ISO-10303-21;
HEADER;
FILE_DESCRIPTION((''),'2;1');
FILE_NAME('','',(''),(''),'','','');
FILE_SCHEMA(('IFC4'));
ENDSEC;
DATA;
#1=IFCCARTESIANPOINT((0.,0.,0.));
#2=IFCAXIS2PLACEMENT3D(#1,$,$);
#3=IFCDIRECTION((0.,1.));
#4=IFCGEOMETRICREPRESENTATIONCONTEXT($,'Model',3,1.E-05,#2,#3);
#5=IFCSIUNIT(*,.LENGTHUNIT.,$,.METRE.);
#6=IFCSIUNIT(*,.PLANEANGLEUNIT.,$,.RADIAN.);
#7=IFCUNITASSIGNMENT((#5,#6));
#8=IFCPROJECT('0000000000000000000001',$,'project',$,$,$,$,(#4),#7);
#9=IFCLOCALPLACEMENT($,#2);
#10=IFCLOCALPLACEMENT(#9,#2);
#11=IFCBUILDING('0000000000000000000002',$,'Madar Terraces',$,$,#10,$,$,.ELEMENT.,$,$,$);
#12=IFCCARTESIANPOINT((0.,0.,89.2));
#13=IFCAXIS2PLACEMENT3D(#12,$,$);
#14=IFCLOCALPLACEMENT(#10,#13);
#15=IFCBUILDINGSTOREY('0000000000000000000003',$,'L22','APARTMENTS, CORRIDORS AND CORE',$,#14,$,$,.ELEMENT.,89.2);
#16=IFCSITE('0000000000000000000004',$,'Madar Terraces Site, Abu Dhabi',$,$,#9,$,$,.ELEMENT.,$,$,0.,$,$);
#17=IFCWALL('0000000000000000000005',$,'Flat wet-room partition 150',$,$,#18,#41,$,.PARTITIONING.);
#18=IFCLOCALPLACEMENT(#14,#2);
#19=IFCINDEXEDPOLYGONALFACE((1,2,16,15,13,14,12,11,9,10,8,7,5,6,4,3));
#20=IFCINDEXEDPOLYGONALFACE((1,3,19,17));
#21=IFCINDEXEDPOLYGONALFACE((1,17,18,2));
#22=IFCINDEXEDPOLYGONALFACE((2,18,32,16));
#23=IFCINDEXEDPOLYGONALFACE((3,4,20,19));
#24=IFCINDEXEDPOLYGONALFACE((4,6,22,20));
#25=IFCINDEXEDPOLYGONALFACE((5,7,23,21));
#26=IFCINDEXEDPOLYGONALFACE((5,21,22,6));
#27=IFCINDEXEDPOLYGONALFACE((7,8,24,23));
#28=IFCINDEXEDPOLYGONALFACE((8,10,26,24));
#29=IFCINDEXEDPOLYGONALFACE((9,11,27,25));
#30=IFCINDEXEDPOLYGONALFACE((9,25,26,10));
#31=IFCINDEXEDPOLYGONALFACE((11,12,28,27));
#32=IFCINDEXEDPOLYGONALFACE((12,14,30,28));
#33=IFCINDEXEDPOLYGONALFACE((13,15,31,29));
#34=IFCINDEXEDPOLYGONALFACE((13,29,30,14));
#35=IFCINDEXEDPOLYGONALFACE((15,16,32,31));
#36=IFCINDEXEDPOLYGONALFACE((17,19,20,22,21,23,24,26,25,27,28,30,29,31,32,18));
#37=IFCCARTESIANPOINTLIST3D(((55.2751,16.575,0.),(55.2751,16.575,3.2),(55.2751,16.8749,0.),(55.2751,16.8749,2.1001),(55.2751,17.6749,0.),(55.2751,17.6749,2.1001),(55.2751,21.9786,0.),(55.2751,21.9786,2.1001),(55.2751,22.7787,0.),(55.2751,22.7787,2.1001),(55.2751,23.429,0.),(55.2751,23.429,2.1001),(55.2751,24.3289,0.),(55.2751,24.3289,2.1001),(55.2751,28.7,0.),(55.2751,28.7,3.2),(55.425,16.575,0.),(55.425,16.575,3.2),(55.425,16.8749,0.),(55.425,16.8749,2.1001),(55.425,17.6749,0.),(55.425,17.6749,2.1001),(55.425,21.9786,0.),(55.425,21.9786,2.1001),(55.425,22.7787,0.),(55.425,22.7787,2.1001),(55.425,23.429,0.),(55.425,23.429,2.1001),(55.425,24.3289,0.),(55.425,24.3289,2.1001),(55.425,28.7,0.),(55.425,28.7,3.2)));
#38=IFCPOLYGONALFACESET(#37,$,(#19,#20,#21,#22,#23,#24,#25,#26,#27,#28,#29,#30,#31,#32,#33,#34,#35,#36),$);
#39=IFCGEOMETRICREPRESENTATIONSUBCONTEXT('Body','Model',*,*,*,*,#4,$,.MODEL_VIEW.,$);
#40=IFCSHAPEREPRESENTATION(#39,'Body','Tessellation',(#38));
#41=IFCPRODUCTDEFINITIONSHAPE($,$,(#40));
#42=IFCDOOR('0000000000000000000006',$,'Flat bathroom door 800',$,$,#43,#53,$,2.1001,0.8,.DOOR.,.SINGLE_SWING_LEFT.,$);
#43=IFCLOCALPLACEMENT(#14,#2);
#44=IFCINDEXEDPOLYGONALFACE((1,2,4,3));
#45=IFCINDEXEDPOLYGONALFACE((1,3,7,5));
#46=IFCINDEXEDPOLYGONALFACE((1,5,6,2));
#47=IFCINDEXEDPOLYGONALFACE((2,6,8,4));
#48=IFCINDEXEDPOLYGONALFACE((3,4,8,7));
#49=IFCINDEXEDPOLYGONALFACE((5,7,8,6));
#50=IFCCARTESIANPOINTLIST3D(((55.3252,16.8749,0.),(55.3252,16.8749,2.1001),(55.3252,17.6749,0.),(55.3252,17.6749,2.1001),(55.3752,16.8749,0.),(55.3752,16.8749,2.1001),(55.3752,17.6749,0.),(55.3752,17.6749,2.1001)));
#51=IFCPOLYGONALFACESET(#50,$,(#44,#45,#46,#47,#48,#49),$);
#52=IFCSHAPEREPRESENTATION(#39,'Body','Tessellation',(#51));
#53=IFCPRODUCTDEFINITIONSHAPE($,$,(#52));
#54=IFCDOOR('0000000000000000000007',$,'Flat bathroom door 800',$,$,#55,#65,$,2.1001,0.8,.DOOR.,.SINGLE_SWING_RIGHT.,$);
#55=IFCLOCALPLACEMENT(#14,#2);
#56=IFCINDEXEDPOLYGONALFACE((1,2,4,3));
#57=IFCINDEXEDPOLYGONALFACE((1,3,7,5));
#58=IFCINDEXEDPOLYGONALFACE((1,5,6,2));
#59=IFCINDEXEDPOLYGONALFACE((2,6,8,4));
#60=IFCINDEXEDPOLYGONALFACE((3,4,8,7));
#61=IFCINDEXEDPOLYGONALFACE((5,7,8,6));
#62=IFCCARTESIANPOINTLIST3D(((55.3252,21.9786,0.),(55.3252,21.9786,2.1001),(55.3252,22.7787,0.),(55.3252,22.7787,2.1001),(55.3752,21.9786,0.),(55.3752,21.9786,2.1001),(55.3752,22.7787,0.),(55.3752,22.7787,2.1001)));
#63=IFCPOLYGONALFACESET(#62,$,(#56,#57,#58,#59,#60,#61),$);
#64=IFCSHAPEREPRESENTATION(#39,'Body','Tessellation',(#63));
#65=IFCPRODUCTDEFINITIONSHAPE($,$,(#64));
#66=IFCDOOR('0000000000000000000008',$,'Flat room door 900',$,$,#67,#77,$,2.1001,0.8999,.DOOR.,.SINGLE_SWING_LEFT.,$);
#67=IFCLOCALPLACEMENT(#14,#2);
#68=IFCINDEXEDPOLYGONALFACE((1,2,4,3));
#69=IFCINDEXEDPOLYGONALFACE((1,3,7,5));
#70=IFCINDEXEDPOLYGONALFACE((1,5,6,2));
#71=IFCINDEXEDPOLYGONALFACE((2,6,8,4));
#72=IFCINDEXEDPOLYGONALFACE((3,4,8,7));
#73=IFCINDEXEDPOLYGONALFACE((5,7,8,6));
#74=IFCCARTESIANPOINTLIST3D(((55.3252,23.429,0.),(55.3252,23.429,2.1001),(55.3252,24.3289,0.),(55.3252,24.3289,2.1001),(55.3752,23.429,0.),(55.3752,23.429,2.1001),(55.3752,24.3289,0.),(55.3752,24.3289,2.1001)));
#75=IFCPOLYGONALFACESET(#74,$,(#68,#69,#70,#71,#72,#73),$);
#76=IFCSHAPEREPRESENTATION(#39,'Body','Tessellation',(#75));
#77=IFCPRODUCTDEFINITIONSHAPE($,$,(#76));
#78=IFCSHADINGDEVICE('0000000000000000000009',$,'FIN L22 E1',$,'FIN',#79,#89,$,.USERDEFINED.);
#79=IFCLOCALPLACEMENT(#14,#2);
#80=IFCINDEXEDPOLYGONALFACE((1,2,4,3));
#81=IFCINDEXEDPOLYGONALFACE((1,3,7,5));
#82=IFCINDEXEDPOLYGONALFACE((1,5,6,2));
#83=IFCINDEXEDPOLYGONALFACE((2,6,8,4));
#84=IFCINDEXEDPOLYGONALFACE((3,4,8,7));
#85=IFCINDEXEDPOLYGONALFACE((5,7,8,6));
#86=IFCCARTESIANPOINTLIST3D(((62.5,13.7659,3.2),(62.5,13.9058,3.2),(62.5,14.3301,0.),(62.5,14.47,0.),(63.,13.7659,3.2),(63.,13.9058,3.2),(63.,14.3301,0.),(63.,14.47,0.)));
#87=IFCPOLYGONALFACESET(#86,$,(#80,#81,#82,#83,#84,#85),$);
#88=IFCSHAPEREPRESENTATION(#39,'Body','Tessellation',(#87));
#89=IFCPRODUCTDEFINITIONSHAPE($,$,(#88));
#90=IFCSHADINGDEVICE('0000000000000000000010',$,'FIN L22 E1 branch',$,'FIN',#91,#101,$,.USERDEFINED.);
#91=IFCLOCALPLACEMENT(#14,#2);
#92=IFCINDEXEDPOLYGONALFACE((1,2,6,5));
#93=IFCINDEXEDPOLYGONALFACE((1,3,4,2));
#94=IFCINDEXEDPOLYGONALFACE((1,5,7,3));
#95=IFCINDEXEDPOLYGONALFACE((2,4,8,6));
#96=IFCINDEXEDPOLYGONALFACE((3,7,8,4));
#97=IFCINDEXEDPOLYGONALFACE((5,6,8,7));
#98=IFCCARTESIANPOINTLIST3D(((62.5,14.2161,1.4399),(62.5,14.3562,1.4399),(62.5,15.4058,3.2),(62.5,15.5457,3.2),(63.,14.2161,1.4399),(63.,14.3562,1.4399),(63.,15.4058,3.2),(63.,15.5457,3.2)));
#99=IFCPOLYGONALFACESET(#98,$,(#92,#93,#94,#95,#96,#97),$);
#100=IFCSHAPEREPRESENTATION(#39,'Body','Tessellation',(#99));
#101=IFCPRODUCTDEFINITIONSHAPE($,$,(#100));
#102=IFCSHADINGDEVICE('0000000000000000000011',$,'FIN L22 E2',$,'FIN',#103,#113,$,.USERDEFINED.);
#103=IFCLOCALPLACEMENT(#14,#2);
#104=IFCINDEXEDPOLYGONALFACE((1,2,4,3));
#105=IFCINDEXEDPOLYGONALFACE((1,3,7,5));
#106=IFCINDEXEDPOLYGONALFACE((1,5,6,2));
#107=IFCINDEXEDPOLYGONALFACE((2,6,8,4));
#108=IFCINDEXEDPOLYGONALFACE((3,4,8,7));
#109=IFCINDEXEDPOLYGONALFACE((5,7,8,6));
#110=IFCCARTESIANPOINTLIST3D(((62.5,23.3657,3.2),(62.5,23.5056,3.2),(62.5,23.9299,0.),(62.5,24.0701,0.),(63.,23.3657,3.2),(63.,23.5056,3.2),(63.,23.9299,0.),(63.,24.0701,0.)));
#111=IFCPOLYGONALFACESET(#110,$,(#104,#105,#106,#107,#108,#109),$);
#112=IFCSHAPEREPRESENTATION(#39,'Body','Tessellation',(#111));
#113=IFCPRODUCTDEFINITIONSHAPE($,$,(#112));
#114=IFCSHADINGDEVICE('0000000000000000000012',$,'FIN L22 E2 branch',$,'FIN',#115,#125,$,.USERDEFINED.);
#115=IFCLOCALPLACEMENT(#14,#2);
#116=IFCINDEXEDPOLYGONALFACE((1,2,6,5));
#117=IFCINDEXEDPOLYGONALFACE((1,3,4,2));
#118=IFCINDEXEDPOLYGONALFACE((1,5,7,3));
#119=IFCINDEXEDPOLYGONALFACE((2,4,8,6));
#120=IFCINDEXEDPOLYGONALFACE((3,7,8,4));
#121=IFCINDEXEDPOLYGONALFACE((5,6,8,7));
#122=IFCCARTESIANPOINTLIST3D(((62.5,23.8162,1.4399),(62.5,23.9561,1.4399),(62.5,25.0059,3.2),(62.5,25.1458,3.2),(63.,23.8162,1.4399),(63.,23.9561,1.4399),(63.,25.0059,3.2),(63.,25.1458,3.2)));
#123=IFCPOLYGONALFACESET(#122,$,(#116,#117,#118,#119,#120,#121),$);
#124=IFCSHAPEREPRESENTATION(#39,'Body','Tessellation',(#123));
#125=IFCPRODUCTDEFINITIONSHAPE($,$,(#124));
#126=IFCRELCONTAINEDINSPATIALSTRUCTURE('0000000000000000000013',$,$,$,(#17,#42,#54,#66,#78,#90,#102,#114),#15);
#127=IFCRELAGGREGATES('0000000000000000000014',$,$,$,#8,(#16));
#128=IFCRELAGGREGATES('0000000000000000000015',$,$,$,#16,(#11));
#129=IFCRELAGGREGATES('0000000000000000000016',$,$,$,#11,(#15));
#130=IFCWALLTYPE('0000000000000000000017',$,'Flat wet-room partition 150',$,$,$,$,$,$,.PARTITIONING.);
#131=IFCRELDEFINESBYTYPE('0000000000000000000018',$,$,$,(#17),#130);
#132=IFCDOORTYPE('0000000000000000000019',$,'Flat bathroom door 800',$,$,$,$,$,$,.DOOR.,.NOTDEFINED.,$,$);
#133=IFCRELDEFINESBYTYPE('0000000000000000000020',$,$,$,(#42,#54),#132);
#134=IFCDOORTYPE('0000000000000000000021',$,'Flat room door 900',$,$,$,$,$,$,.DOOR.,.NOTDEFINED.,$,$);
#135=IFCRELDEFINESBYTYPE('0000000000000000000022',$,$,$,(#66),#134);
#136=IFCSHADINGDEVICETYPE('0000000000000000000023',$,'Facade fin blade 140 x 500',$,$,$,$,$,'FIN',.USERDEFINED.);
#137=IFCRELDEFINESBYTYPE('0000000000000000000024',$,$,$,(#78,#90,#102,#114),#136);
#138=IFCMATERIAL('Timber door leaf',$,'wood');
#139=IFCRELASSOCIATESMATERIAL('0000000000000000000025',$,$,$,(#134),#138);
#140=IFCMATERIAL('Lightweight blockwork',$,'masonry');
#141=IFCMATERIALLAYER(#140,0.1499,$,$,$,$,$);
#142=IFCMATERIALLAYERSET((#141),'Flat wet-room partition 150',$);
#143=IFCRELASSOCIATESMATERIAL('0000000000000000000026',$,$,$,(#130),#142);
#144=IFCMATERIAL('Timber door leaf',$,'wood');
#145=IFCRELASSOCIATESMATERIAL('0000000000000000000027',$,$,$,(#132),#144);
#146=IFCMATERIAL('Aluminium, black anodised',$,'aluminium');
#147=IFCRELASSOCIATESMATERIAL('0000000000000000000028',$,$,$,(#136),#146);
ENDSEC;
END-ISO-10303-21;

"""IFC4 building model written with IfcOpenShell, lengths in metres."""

from ifc_helpers import new_model, si_unit, direction, frame, frame_2d, origin, place, context, subcontext, project, spatial, polyline, rectangle, outline, extrude, material, layer, layer_set, type_object, element, fill, save


model = new_model("IFC4")

# Units and contexts
model_context = context("Model", 3, precision=1e-05, world=origin(), true_north=direction((0.0, 1.0)))
body_context = subcontext(model_context, "Body", "Model", "MODEL_VIEW")
ifc_project = project(units=[si_unit("LENGTHUNIT", "METRE"), si_unit("PLANEANGLEUNIT", "RADIAN")], contexts=[model_context])

# Site, building, storey
site_placement = place(None, origin())
site = spatial("IfcSite", under=ifc_project, at=site_placement, Name="Madar Terraces Site, Abu Dhabi", CompositionType="ELEMENT", RefElevation=0.0)
building_placement = place(site_placement, origin())
building = spatial("IfcBuilding", under=site, at=building_placement, Name="Madar Terraces", CompositionType="ELEMENT")
storey_placement = place(building_placement, frame((0.0, 0.0, 89.2)))
storey = spatial("IfcBuildingStorey", under=building, at=storey_placement, Name="L22", Description="APARTMENTS, CORRIDORS AND CORE", CompositionType="ELEMENT", Elevation=89.2)

# Shared definitions
ifc_material_1 = material(Name="Timber door leaf", Category="wood")
door_type_1 = type_object("IfcDoorType", Name="Flat room door 900", OperationType="NOTDEFINED", PredefinedType="DOOR", material=ifc_material_1)

# Shared definitions
ifc_material_2 = material(Name="Lightweight blockwork", Category="masonry")
ifc_layer_1 = layer(ifc_material_2, 0.1499)
ifc_layer_set_1 = layer_set([ifc_layer_1], Name="Flat wet-room partition 150")
wall_type_1 = type_object("IfcWallType", Name="Flat wet-room partition 150", PredefinedType="PARTITIONING", material=ifc_layer_set_1)

# Wall, openings, doors
wall_1_placement = place(storey_placement, frame((55.3501, 16.575, 0.0), z_axis=(0.0, 0.0, 1.0), x_axis=(0.0, 1.0, 0.0)))
wall_1 = element("IfcWall", 1, at=wall_1_placement, inside=storey, type_object=wall_type_1, Name="Flat wet-room partition 150", PredefinedType="PARTITIONING", context=body_context, shape_type="SweptSolid", body=[
    extrude(rectangle(XDim=12.125, YDim=0.1499, at=frame_2d((6.0625, 0.0))), origin(), (0.0, 0.0, 1.0), 3.2),
])
opening_1_placement = place(wall_1_placement, frame((0.3, 0.0, 0.0)))
opening_1 = element("IfcOpeningElement", 2, at=opening_1_placement, cuts=wall_1, PredefinedType="OPENING", context=body_context, shape_type="SweptSolid", body=[
    extrude(rectangle(XDim=0.8, YDim=2.1001, at=frame_2d((0.3999, 1.05))), frame((0.0, 0.085, 0.0), z_axis=(0.0, -1.0, 0.0), x_axis=(1.0, 0.0, 0.0)), (0.0, 0.0, 1.0), 0.1699),
])
opening_2_placement = place(wall_1_placement, frame((5.4038, 0.0, 0.0)))
opening_2 = element("IfcOpeningElement", 3, at=opening_2_placement, cuts=wall_1, PredefinedType="OPENING", context=body_context, shape_type="SweptSolid", body=[
    extrude(rectangle(XDim=0.8, YDim=2.1001, at=frame_2d((0.3999, 1.05))), frame((0.0, 0.085, 0.0), z_axis=(0.0, -1.0, 0.0), x_axis=(1.0, 0.0, 0.0)), (0.0, 0.0, 1.0), 0.1699),
])
opening_3_placement = place(wall_1_placement, frame((6.854, 0.0, 0.0)))
opening_3 = element("IfcOpeningElement", 4, at=opening_3_placement, cuts=wall_1, PredefinedType="OPENING", context=body_context, shape_type="SweptSolid", body=[
    extrude(rectangle(XDim=0.8999, YDim=2.1001, at=frame_2d((0.45, 1.05))), frame((0.0, 0.085, 0.0), z_axis=(0.0, -1.0, 0.0), x_axis=(1.0, 0.0, 0.0)), (0.0, 0.0, 1.0), 0.1699),
])
ifc_material_3 = material(Name="Timber door leaf", Category="wood")
door_type_2 = type_object("IfcDoorType", Name="Flat bathroom door 800", OperationType="NOTDEFINED", PredefinedType="DOOR", material=ifc_material_3)
door_1_placement = place(opening_1_placement, origin())
door_1 = element("IfcDoor", 5, at=door_1_placement, inside=storey, type_object=door_type_2, Name="Flat bathroom door 800", OperationType="SINGLE_SWING_LEFT", OverallHeight=2.1001, OverallWidth=0.8, PredefinedType="DOOR", context=body_context, shape_type="SweptSolid", body=[
    extrude(rectangle(XDim=0.8, YDim=2.1001, at=frame_2d((0.3999, 1.05))), frame((0.0, 0.0249, 0.0), z_axis=(0.0, -1.0, 0.0), x_axis=(1.0, 0.0, 0.0)), (0.0, 0.0, 1.0), 0.05),
])
fill(opening_1, door_1)
door_2_placement = place(opening_2_placement, origin())
door_2 = element("IfcDoor", 6, at=door_2_placement, inside=storey, type_object=door_type_2, Name="Flat bathroom door 800", OperationType="SINGLE_SWING_RIGHT", OverallHeight=2.1001, OverallWidth=0.8, PredefinedType="DOOR", context=body_context, shape_type="SweptSolid", body=[
    extrude(rectangle(XDim=0.8, YDim=2.1001, at=frame_2d((0.3999, 1.05))), frame((0.0, 0.0249, 0.0), z_axis=(0.0, -1.0, 0.0), x_axis=(1.0, 0.0, 0.0)), (0.0, 0.0, 1.0), 0.05),
])
fill(opening_2, door_2)
door_3_placement = place(opening_3_placement, origin())
door_3 = element("IfcDoor", 7, at=door_3_placement, inside=storey, type_object=door_type_1, Name="Flat room door 900", OperationType="SINGLE_SWING_LEFT", OverallHeight=2.1001, OverallWidth=0.8999, PredefinedType="DOOR", context=body_context, shape_type="SweptSolid", body=[
    extrude(rectangle(XDim=0.8999, YDim=2.1001, at=frame_2d((0.45, 1.05))), frame((0.0, 0.0249, 0.0), z_axis=(0.0, -1.0, 0.0), x_axis=(1.0, 0.0, 0.0)), (0.0, 0.0, 1.0), 0.05),
])
fill(opening_3, door_3)

# Shading devices
ifc_material_4 = material(Name="Aluminium, black anodised", Category="aluminium")
shading_device_type = type_object("IfcShadingDeviceType", Name="Facade fin blade 140 x 500", ElementType="FIN", PredefinedType="USERDEFINED", material=ifc_material_4)
shading_device_1_placement = place(storey_placement, frame((62.75, 14.3301, 0.0), z_axis=(0.0, 0.0, 1.0), x_axis=(0.0, 1.0, 0.0)))
element("IfcShadingDevice", 8, at=shading_device_1_placement, inside=storey, type_object=shading_device_type, Name="FIN L22 E1", ObjectType="FIN", PredefinedType="USERDEFINED", context=body_context, shape_type="SweptSolid", body=[
    extrude(outline(polyline([(0.0, 0.0), (0.1399, 0.0), (-0.4243, 3.2), (-0.5642, 3.2), (0.0, 0.0)])), frame((0.0, 0.25, 0.0), z_axis=(0.0, -1.0, 0.0), x_axis=(1.0, 0.0, 0.0)), (0.0, 0.0, 1.0), 0.5),
])
shading_device_2_placement = place(storey_placement, frame((62.75, 14.2161, 1.4399), z_axis=(0.0, 0.0, 1.0), x_axis=(0.0, 1.0, 0.0)))
element("IfcShadingDevice", 9, at=shading_device_2_placement, inside=storey, type_object=shading_device_type, Name="FIN L22 E1 branch", ObjectType="FIN", PredefinedType="USERDEFINED", context=body_context, shape_type="SweptSolid", body=[
    extrude(outline(polyline([(0.0, 0.0), (0.1401, 0.0), (1.3296, 1.76), (1.1897, 1.76), (0.0, 0.0)])), frame((0.0, 0.25, 0.0), z_axis=(0.0, -1.0, 0.0), x_axis=(1.0, 0.0, 0.0)), (0.0, 0.0, 1.0), 0.5),
])
shading_device_3_placement = place(storey_placement, frame((62.75, 23.9299, 0.0), z_axis=(0.0, 0.0, 1.0), x_axis=(0.0, 1.0, 0.0)))
element("IfcShadingDevice", 10, at=shading_device_3_placement, inside=storey, type_object=shading_device_type, Name="FIN L22 E2", ObjectType="FIN", PredefinedType="USERDEFINED", context=body_context, shape_type="SweptSolid", body=[
    extrude(outline(polyline([(0.0, 0.0), (0.1401, 0.0), (-0.4243, 3.2), (-0.5642, 3.2), (0.0, 0.0)])), frame((0.0, 0.25, 0.0), z_axis=(0.0, -1.0, 0.0), x_axis=(1.0, 0.0, 0.0)), (0.0, 0.0, 1.0), 0.5),
])
shading_device_4_placement = place(storey_placement, frame((62.75, 23.8162, 1.4399), z_axis=(0.0, 0.0, 1.0), x_axis=(0.0, 1.0, 0.0)))
element("IfcShadingDevice", 11, at=shading_device_4_placement, inside=storey, type_object=shading_device_type, Name="FIN L22 E2 branch", ObjectType="FIN", PredefinedType="USERDEFINED", context=body_context, shape_type="SweptSolid", body=[
    extrude(outline(polyline([(0.0, 0.0), (0.1399, 0.0), (1.3296, 1.76), (1.1897, 1.76), (0.0, 0.0)])), frame((0.0, 0.25, 0.0), z_axis=(0.0, -1.0, 0.0), x_axis=(1.0, 0.0, 0.0)), (0.0, 0.0, 1.0), 0.5),
])

save(model, "model.ifc")
